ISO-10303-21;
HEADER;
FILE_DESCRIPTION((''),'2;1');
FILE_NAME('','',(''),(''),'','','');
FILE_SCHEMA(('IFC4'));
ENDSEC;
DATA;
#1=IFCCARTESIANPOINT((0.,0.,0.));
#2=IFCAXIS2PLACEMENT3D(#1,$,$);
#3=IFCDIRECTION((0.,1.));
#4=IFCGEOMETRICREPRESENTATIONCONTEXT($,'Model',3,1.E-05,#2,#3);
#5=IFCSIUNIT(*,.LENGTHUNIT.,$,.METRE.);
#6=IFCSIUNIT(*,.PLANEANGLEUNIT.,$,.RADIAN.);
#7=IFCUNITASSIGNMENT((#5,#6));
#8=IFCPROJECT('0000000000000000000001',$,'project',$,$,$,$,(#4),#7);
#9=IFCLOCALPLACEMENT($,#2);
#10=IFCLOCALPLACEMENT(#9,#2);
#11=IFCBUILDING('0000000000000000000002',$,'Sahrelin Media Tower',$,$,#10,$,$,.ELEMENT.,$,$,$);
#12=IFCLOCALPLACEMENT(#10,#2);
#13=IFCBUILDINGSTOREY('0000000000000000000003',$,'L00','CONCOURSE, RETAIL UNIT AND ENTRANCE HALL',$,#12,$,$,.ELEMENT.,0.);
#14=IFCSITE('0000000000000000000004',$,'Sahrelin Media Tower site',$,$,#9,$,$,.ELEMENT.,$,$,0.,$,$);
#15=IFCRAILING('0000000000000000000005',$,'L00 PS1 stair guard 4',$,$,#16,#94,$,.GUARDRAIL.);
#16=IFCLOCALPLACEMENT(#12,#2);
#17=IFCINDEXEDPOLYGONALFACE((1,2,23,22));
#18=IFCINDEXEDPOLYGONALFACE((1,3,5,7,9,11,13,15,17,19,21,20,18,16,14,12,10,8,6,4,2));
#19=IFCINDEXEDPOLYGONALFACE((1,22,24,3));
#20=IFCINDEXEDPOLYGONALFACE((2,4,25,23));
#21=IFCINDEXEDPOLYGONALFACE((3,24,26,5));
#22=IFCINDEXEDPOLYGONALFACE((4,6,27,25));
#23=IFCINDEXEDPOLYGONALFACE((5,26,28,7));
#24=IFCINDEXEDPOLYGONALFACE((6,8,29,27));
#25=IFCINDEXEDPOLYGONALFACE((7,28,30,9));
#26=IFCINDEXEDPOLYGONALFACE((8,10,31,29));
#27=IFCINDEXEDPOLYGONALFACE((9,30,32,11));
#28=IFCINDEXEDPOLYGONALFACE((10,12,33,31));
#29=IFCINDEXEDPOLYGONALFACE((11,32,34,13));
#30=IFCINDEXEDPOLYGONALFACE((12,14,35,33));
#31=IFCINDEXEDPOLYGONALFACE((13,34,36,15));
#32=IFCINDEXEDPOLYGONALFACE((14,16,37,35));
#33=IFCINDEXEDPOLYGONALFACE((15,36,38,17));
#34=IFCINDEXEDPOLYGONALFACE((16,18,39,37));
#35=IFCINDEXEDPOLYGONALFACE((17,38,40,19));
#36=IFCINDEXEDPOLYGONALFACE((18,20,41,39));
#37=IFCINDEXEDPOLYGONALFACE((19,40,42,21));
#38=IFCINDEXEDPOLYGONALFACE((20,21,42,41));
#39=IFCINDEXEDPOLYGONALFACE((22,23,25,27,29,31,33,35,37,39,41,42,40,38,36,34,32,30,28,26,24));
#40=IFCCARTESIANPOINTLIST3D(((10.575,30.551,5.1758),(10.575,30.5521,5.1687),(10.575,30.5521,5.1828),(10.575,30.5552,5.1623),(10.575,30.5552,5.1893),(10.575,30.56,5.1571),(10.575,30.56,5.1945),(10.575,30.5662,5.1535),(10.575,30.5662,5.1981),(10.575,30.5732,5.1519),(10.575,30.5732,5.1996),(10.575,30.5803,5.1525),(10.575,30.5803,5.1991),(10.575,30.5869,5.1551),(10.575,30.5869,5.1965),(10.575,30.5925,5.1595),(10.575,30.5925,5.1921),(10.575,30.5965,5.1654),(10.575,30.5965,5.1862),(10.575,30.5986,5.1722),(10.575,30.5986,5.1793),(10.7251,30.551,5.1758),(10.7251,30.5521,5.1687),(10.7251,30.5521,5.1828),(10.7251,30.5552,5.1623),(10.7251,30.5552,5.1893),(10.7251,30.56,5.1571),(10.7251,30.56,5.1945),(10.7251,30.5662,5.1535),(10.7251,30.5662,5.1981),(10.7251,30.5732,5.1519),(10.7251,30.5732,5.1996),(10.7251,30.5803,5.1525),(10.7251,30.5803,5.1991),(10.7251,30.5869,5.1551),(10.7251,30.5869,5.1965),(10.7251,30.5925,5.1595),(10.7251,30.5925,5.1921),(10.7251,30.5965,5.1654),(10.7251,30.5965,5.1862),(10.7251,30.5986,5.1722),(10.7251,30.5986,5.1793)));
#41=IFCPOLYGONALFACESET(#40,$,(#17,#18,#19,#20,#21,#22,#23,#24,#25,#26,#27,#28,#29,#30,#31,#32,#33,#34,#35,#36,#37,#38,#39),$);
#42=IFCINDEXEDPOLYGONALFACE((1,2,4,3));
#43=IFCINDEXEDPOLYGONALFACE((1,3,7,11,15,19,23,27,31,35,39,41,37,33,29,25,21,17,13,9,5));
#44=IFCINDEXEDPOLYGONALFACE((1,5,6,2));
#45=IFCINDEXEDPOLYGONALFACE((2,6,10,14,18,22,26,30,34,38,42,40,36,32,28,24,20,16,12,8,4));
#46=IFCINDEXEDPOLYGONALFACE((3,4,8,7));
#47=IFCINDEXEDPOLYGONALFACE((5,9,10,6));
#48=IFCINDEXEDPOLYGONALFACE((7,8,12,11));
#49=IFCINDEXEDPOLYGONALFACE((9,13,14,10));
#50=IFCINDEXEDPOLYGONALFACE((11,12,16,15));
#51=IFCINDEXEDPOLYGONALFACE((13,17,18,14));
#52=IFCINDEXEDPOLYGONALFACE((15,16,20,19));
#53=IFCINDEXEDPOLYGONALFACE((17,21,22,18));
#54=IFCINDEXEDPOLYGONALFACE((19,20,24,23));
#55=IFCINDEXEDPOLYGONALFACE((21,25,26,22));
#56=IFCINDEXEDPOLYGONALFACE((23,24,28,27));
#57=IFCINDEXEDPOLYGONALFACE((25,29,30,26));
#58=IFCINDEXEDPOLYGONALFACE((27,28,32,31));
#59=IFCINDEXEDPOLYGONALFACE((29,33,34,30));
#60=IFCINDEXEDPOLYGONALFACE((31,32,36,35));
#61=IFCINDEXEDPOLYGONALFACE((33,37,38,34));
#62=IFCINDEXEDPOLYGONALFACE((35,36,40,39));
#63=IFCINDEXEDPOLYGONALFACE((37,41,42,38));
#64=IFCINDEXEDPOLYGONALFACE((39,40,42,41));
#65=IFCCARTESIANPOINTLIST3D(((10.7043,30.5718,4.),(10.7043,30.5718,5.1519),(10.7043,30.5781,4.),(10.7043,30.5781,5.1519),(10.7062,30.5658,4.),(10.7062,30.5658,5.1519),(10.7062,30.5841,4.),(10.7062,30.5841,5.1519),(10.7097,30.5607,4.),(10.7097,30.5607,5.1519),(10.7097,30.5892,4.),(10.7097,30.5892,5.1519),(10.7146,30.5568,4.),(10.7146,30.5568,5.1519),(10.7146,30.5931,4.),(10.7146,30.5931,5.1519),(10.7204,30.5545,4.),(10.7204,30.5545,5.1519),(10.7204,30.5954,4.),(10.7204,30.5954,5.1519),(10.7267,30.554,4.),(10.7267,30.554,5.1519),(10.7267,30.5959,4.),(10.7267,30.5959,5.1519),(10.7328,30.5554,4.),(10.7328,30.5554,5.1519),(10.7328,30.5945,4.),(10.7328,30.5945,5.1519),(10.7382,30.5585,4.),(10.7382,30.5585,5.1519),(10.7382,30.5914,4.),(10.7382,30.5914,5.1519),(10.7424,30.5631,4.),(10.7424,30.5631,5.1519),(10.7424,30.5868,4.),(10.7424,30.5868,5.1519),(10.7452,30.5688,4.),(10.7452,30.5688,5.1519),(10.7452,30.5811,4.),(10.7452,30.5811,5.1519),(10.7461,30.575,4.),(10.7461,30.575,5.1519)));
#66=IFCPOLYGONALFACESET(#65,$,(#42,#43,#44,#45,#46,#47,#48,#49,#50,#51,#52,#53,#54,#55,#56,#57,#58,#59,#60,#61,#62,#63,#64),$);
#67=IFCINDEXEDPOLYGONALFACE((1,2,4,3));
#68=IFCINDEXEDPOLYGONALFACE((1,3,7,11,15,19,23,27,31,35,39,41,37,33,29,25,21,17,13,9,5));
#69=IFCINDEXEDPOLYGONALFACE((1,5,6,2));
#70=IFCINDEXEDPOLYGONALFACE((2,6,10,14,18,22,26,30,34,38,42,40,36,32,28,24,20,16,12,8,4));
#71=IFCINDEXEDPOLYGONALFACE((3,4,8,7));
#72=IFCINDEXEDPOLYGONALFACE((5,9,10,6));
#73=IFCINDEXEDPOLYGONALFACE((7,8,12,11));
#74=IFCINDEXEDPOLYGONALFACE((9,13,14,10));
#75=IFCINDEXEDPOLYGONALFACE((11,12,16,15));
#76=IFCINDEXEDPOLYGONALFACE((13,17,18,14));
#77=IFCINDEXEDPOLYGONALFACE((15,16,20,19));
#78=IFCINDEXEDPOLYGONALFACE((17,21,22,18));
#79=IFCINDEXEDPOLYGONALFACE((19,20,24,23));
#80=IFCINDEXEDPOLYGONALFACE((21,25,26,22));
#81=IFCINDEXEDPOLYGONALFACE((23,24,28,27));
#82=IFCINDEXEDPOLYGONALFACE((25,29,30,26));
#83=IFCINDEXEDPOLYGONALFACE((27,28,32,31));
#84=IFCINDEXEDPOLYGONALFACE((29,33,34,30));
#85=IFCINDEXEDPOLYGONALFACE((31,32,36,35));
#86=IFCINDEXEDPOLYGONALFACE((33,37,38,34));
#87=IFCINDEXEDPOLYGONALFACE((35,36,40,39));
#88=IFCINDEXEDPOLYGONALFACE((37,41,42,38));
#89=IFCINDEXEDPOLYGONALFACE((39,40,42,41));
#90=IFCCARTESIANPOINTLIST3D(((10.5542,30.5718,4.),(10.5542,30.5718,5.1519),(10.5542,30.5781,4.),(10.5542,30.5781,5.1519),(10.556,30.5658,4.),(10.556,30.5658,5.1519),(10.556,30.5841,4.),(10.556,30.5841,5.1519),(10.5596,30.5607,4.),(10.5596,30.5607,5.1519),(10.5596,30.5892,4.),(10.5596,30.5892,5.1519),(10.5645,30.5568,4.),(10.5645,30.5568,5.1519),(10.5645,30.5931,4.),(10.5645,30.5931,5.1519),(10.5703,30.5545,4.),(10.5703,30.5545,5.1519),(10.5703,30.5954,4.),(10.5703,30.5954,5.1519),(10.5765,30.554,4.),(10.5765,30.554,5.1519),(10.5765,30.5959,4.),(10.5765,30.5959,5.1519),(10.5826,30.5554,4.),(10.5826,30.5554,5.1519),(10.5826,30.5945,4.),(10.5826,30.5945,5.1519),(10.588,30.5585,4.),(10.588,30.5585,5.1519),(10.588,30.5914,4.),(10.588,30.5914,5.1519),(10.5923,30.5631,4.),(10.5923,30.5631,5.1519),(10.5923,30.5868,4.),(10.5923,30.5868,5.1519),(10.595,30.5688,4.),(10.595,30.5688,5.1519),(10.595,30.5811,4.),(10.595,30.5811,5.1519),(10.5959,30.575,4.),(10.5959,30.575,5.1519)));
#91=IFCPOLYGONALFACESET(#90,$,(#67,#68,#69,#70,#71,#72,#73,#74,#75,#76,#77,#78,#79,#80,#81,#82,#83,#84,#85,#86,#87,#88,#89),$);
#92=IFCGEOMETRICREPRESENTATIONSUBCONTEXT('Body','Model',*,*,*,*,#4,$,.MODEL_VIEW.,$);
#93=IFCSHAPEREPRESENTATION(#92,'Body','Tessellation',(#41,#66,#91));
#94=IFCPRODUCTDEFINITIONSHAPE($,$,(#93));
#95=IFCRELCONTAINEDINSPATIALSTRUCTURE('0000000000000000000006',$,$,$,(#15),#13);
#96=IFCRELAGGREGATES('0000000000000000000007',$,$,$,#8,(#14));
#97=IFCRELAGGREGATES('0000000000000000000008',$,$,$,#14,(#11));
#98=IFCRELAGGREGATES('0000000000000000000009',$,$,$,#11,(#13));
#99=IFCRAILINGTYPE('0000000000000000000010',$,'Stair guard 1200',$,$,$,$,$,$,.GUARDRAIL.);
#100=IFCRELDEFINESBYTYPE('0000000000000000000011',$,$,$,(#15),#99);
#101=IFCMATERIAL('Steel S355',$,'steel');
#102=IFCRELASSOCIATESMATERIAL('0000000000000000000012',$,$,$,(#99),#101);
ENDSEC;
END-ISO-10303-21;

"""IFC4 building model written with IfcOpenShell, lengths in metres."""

from ifc_helpers import new_model, si_unit, direction, frame, origin, origin_2d, place, context, subcontext, project, spatial, circle, extrude, material, type_object, element, save


model = new_model("IFC4")

# Units and contexts
model_context = context("Model", 3, precision=1e-05, world=origin(), true_north=direction((0.0, 1.0)))
body_context = subcontext(model_context, "Body", "Model", "MODEL_VIEW")
ifc_project = project(units=[si_unit("LENGTHUNIT", "METRE"), si_unit("PLANEANGLEUNIT", "RADIAN")], contexts=[model_context])

# Site, building, storey
site_placement = place(None, origin())
site = spatial("IfcSite", under=ifc_project, at=site_placement, Name="Sahrelin Media Tower site", CompositionType="ELEMENT", RefElevation=0.0)
building_placement = place(site_placement, origin())
building = spatial("IfcBuilding", under=site, at=building_placement, Name="Sahrelin Media Tower", CompositionType="ELEMENT")
storey_placement = place(building_placement, origin())
storey = spatial("IfcBuildingStorey", under=building, at=storey_placement, Name="L00", Description="CONCOURSE, RETAIL UNIT AND ENTRANCE HALL", CompositionType="ELEMENT", Elevation=0.0)

# Shared definitions
ifc_material_1 = material(Name="Steel S355", Category="steel")

# Railing
railing_type_1 = type_object("IfcRailingType", Name="Stair guard 1200", PredefinedType="GUARDRAIL", material=ifc_material_1)
railing_1_placement = place(storey_placement, frame((10.7251, 30.575, 4.0)))
element("IfcRailing", 1, at=railing_1_placement, inside=storey, type_object=railing_type_1, Name="L00 PS1 stair guard 4", PredefinedType="GUARDRAIL", context=body_context, shape_type="SweptSolid", body=[
    extrude(circle(Radius=0.0239, at=origin_2d()), frame((0.0, 0.0, 1.1758), z_axis=(-1.0, 0.0, 0.0), x_axis=(0.0, -1.0, 0.0)), (0.0, 0.0, 1.0), 0.1501),
    extrude(circle(Radius=0.021, at=origin_2d()), origin(), (0.0, 0.0, 1.0), 1.1519),
    extrude(circle(Radius=0.021, at=origin_2d()), frame((-0.1501, 0.0, 0.0)), (0.0, 0.0, 1.0), 1.1519),
])

save(model, "model.ifc")
